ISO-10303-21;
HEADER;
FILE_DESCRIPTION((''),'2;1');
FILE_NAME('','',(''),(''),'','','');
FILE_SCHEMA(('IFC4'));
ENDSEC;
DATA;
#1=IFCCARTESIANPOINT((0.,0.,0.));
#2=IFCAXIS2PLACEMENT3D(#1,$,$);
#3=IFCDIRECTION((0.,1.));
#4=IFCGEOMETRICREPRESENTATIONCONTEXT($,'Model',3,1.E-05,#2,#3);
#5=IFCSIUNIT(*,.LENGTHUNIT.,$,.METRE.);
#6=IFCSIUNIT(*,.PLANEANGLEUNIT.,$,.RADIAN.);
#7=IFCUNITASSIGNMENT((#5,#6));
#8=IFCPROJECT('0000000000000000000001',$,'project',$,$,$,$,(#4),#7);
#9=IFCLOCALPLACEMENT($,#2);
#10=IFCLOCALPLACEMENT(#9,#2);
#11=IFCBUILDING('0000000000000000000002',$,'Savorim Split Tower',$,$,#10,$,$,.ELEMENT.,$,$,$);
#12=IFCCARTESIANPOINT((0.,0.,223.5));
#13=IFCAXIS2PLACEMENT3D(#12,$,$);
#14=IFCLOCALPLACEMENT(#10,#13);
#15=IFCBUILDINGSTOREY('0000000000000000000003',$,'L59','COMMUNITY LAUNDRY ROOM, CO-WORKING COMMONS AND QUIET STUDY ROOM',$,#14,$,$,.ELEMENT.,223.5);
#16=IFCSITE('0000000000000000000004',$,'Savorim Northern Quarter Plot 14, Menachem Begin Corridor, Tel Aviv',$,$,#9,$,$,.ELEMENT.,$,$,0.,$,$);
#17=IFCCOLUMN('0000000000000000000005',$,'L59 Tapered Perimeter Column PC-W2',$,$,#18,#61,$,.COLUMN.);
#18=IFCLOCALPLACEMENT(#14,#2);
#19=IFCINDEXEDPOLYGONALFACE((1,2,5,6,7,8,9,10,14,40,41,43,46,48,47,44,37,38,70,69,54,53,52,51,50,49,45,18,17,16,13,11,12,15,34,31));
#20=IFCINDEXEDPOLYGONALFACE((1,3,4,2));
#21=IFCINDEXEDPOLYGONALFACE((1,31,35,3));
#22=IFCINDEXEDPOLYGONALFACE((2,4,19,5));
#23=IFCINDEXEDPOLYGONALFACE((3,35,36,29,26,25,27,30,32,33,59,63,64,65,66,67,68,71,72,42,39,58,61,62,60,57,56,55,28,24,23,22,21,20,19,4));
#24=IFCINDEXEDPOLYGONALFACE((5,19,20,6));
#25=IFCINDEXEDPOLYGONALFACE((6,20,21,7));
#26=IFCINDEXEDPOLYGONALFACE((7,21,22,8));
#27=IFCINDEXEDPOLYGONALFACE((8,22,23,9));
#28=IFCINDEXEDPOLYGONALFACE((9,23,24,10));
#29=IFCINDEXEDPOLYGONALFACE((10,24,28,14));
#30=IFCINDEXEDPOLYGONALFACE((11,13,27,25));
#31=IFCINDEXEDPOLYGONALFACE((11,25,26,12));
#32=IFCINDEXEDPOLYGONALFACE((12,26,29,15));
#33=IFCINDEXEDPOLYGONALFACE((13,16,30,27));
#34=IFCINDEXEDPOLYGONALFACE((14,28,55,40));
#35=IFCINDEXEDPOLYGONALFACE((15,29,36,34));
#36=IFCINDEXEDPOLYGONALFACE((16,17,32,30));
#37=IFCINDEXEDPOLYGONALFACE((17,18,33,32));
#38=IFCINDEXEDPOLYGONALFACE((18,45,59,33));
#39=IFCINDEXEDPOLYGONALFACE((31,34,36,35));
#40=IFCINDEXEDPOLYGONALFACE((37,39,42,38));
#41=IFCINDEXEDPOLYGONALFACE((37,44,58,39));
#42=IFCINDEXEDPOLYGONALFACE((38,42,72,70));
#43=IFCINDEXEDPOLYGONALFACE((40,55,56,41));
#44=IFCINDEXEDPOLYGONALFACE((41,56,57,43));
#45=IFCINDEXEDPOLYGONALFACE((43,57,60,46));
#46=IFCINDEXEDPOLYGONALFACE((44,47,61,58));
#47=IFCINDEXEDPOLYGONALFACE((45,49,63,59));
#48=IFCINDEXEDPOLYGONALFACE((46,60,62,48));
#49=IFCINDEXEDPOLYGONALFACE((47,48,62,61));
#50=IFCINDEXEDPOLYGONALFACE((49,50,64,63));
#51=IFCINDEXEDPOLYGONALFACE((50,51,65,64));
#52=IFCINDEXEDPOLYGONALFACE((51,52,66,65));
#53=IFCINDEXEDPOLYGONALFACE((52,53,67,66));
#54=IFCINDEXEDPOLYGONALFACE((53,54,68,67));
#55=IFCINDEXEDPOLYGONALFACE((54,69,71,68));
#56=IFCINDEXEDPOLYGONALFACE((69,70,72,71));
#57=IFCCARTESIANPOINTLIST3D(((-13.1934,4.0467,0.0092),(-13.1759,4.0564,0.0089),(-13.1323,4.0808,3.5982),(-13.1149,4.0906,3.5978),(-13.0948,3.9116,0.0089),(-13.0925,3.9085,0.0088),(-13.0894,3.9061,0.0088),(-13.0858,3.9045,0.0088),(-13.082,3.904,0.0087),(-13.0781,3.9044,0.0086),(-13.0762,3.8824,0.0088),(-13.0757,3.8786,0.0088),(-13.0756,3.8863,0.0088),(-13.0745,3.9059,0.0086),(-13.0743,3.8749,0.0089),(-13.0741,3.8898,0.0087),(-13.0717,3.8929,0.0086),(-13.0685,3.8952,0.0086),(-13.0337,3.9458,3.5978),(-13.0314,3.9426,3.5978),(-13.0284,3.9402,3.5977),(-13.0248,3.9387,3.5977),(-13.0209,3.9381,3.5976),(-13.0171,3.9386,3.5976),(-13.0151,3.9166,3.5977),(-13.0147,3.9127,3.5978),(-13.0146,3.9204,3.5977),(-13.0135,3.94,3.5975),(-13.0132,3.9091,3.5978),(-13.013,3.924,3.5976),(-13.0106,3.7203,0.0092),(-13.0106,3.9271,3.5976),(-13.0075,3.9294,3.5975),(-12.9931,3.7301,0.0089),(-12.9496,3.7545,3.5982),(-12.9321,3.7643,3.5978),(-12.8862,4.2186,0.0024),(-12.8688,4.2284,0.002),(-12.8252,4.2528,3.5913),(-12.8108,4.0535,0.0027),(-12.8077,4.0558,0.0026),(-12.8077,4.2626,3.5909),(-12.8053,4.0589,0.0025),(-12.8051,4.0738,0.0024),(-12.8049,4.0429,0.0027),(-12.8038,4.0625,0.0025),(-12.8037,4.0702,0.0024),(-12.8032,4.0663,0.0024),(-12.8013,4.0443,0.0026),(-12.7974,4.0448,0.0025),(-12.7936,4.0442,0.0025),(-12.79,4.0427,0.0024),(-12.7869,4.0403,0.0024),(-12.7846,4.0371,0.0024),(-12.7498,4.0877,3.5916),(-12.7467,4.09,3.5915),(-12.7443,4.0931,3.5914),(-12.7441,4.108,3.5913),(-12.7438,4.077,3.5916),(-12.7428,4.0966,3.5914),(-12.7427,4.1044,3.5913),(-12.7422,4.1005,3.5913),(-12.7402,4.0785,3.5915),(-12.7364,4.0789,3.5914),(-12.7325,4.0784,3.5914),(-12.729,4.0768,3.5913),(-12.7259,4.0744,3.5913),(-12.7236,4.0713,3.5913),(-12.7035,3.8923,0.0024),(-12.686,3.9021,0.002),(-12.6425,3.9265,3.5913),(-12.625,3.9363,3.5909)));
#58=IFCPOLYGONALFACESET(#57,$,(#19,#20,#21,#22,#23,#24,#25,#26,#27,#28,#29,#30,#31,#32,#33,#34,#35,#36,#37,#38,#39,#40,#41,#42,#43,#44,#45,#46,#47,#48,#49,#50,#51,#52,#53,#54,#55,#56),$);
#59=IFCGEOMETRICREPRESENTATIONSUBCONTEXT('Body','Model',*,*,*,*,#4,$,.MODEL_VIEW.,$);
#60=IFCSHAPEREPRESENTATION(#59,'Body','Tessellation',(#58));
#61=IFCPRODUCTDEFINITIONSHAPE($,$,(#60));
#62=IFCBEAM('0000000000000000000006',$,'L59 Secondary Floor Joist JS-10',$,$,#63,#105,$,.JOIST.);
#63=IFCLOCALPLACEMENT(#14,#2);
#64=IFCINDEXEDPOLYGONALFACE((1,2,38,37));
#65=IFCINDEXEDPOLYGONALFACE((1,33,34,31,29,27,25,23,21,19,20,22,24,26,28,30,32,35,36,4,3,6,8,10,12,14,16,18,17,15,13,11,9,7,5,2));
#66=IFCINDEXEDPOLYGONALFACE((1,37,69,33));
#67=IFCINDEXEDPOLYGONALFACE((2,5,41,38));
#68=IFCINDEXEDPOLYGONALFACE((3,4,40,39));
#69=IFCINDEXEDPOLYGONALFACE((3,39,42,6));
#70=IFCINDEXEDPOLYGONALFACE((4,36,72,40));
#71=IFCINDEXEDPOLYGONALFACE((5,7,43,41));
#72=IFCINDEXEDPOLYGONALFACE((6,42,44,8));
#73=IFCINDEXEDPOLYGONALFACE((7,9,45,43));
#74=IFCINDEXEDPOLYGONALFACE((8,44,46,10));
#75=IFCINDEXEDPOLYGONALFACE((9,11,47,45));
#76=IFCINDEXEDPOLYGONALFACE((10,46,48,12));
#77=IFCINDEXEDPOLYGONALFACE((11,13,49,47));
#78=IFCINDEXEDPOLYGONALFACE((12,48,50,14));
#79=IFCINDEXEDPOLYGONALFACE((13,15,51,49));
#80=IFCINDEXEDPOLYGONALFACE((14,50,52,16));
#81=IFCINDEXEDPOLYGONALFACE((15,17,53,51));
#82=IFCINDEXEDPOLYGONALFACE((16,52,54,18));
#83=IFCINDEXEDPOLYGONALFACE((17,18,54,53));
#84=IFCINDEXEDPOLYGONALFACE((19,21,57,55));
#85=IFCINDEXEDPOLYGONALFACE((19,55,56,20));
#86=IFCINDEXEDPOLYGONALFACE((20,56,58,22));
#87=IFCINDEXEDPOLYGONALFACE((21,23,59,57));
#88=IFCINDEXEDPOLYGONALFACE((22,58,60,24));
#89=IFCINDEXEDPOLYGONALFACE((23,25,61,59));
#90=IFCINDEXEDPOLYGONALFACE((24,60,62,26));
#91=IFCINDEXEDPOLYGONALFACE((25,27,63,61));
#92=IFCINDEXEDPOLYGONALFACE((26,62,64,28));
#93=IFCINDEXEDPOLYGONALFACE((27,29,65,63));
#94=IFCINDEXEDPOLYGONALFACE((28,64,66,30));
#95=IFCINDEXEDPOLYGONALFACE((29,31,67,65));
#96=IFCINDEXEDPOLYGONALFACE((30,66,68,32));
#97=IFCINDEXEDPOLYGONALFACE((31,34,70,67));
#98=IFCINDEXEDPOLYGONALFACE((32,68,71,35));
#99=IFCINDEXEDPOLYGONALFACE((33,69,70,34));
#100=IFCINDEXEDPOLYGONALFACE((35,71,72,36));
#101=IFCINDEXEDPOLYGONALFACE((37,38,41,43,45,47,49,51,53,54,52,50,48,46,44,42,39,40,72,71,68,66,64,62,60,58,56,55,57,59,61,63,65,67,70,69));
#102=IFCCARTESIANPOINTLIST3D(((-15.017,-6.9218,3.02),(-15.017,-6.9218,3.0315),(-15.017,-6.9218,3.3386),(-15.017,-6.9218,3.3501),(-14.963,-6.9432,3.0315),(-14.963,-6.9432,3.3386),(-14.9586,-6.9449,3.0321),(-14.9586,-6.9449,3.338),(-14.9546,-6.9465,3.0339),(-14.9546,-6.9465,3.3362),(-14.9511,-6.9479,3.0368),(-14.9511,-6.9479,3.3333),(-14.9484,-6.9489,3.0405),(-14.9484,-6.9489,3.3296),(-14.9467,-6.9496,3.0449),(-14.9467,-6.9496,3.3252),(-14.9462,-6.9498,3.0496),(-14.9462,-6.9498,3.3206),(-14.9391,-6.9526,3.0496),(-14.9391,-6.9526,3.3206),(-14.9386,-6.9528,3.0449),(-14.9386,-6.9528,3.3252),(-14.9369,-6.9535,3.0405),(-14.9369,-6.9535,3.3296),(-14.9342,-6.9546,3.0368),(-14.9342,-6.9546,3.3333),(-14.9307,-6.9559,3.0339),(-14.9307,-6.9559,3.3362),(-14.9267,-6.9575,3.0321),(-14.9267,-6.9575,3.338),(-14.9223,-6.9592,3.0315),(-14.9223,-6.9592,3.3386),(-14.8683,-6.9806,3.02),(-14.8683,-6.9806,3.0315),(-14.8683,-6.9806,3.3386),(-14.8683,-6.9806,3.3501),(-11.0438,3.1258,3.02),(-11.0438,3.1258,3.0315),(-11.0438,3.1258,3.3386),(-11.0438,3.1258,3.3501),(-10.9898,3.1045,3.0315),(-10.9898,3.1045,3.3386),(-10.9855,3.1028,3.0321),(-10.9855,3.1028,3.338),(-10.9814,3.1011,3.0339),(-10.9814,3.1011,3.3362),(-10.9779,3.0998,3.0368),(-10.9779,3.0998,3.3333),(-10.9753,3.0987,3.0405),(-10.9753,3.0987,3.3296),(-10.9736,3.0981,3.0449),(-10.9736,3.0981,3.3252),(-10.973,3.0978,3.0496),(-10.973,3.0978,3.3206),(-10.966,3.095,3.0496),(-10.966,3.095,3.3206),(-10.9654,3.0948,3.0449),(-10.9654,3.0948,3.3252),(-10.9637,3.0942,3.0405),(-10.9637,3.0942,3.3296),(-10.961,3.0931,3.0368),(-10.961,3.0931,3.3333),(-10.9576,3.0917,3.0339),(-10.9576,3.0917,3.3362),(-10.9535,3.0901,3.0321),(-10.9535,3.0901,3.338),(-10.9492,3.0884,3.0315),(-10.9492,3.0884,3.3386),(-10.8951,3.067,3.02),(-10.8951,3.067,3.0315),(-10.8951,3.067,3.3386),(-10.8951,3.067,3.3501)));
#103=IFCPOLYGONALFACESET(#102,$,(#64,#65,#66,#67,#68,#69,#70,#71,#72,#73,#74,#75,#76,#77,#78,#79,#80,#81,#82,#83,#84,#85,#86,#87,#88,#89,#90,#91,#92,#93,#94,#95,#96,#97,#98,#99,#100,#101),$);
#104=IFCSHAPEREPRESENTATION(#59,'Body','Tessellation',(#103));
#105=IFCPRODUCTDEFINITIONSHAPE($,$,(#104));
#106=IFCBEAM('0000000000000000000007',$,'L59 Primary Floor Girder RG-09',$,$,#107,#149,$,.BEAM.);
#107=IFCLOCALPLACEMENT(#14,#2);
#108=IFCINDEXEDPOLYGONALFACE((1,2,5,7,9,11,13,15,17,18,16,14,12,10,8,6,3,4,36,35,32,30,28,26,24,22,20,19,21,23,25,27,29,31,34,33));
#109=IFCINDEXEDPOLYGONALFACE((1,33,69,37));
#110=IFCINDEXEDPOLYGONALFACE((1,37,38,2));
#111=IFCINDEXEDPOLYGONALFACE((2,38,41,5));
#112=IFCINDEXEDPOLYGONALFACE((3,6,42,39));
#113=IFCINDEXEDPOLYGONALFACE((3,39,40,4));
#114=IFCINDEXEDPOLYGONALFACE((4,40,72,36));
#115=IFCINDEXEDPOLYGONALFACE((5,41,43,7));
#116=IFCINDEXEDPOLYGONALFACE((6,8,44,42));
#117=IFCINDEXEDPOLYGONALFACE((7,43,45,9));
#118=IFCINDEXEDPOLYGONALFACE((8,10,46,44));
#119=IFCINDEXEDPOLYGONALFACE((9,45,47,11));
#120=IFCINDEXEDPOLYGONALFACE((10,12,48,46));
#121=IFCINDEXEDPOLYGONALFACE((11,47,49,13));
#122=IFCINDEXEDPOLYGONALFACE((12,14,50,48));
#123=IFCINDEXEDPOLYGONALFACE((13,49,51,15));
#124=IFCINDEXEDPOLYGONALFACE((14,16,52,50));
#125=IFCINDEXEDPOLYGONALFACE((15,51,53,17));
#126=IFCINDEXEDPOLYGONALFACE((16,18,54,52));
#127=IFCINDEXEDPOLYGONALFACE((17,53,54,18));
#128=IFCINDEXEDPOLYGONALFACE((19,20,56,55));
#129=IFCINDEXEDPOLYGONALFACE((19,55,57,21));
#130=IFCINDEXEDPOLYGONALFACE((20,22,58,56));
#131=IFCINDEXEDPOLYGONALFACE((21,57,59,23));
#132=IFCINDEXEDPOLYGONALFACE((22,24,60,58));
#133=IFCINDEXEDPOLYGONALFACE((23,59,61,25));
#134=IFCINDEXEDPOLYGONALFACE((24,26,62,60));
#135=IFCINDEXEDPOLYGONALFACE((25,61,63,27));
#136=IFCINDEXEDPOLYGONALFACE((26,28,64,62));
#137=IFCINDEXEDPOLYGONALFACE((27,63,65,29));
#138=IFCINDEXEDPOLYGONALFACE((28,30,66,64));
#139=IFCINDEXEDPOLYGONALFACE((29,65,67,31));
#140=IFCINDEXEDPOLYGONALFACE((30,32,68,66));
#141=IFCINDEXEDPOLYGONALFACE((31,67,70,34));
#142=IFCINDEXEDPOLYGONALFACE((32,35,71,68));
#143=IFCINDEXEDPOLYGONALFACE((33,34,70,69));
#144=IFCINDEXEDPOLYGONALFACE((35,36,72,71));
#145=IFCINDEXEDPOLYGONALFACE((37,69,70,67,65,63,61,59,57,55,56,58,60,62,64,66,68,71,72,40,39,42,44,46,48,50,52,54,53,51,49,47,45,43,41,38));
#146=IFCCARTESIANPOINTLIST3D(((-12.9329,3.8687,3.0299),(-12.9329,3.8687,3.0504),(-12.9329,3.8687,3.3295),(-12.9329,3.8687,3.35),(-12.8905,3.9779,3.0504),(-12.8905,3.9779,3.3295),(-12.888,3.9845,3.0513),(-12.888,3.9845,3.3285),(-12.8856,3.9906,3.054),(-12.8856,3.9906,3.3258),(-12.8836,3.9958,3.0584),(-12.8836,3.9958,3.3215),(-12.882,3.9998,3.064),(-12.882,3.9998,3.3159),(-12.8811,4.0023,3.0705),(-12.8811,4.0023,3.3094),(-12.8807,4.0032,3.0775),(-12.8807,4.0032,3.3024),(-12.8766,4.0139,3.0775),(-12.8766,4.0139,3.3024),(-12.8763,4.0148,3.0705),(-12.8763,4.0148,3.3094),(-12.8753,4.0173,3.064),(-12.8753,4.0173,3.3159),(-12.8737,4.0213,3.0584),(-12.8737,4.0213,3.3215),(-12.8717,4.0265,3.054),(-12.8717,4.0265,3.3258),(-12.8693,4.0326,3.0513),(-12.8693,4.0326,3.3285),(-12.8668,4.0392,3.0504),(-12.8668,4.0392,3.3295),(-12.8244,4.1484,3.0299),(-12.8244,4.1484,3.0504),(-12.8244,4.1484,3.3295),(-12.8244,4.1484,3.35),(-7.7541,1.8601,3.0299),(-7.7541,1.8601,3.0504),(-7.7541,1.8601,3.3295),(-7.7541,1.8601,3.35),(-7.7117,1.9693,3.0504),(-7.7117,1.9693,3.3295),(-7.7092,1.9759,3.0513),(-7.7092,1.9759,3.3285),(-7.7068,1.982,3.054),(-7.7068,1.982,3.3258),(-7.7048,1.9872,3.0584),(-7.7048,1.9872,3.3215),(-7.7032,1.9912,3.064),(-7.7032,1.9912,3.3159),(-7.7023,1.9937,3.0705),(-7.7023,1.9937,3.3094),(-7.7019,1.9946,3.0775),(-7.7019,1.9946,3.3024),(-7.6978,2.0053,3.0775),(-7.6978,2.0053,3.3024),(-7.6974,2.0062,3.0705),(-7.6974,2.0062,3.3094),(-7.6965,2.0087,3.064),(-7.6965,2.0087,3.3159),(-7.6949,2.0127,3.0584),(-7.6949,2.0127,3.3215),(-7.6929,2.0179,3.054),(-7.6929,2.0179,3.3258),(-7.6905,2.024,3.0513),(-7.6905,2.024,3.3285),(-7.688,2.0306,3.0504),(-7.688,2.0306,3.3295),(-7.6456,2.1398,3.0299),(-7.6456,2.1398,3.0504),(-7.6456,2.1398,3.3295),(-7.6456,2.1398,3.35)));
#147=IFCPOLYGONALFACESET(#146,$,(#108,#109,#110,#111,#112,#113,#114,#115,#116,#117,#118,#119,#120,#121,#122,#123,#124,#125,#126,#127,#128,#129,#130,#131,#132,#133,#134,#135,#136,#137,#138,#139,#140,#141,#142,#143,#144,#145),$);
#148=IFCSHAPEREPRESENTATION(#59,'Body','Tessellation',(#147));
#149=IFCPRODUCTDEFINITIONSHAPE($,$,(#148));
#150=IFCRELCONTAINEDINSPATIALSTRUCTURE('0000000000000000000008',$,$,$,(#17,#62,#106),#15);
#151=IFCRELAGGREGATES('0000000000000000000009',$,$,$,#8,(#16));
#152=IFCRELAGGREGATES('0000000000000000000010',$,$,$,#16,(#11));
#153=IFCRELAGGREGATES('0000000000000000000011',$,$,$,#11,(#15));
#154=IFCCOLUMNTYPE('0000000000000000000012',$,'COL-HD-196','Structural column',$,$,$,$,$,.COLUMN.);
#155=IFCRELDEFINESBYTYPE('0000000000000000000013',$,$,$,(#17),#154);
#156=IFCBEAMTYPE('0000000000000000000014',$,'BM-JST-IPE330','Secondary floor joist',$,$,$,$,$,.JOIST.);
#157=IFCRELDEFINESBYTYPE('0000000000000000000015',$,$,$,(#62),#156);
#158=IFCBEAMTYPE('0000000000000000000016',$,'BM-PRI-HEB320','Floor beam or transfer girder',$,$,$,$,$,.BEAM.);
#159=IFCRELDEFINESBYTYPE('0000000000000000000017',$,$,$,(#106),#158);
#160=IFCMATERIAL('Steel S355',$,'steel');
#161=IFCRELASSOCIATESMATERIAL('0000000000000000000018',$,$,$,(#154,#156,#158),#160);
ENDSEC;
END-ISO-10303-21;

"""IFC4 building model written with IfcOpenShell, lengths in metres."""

from ifc_helpers import new_model, si_unit, direction, frame, origin, origin_2d, place, context, subcontext, project, spatial, i_section, extrude, material, material_profile, profile_set, type_object, element, save


model = new_model("IFC4")

# Units and contexts
model_context = context("Model", 3, precision=1e-05, world=origin(), true_north=direction((0.0, 1.0)))
body_context = subcontext(model_context, "Body", "Model", "MODEL_VIEW")
ifc_project = project(units=[si_unit("LENGTHUNIT", "METRE"), si_unit("PLANEANGLEUNIT", "RADIAN")], contexts=[model_context])

# Site, building, storey
site_placement = place(None, origin())
site = spatial("IfcSite", under=ifc_project, at=site_placement, Name="Savorim Northern Quarter Plot 14, Menachem Begin Corridor, Tel Aviv", CompositionType="ELEMENT", RefElevation=0.0)
building_placement = place(site_placement, origin())
building = spatial("IfcBuilding", under=site, at=building_placement, Name="Savorim Split Tower", CompositionType="ELEMENT")
storey_placement = place(building_placement, frame((0.0, 0.0, 223.5)))
storey = spatial("IfcBuildingStorey", under=building, at=storey_placement, Name="L59", Description="COMMUNITY LAUNDRY ROOM, CO-WORKING COMMONS AND QUIET STUDY ROOM", CompositionType="ELEMENT", Elevation=223.5)

# Column
ifc_material_1 = material(Name="Steel S355", Category="steel")
ifc_material_profile_1 = material_profile(ifc_material_1, i_section(OverallWidth=0.374, OverallDepth=0.3721, WebThickness=0.0122, FlangeThickness=0.02, FilletRadius=0.0149, at=origin_2d()), Name="HD 360x196")
ifc_profile_set_1 = profile_set([ifc_material_profile_1], Name="Steel S355")
column_type = type_object("IfcColumnType", Name="COL-HD-196", Description="Structural column", PredefinedType="COLUMN", material=ifc_profile_set_1)
column_placement = place(storey_placement, frame((-12.9397, 3.9744, 0.0056), z_axis=(0.017004, 0.009522, 0.99981), x_axis=(-0.488603, 0.872506, 0.0)))
element("IfcColumn", 1, at=column_placement, inside=storey, type_object=column_type, Name="L59 Tapered Perimeter Column PC-W2", PredefinedType="COLUMN", context=body_context, shape_type="SweptSolid", body=[
    extrude(i_section(OverallWidth=0.374, OverallDepth=0.3721, WebThickness=0.0122, FlangeThickness=0.02, FilletRadius=0.0149, at=origin_2d()), origin(), (0.0, 0.0, 1.0), 3.5896),
])

# Beams
ifc_material_profile_2 = material_profile(ifc_material_1, i_section(OverallWidth=0.1599, OverallDepth=0.3301, WebThickness=0.0076, FlangeThickness=0.0115, FilletRadius=0.0181, at=origin_2d()), Name="IPE 330")
ifc_profile_set_2 = profile_set([ifc_material_profile_2], Name="Steel S355")
beam_type_1 = type_object("IfcBeamType", Name="BM-JST-IPE330", Description="Secondary floor joist", PredefinedType="JOIST", material=ifc_profile_set_2)
beam_1_placement = place(storey_placement, frame((-10.9695, 3.0964, 3.1851), z_axis=(-0.367726, -0.929934, 0.0), x_axis=(0.929934, -0.367726, 0.0)))
element("IfcBeam", 2, at=beam_1_placement, inside=storey, type_object=beam_type_1, Name="L59 Secondary Floor Joist JS-10", PredefinedType="JOIST", context=body_context, shape_type="SweptSolid", body=[
    extrude(i_section(OverallWidth=0.1599, OverallDepth=0.3301, WebThickness=0.0076, FlangeThickness=0.0115, FilletRadius=0.0181, at=origin_2d()), origin(), (0.0, 0.0, 1.0), 10.8047),
])
ifc_material_profile_3 = material_profile(ifc_material_1, i_section(OverallWidth=0.3, OverallDepth=0.3201, WebThickness=0.0115, FlangeThickness=0.0205, FilletRadius=0.0271, at=origin_2d()), Name="HEB 320")
ifc_profile_set_3 = profile_set([ifc_material_profile_3], Name="Steel S355")
beam_type_2 = type_object("IfcBeamType", Name="BM-PRI-HEB320", Description="Floor beam or transfer girder", PredefinedType="BEAM", material=ifc_profile_set_3)
beam_2_placement = place(storey_placement, frame((-12.8787, 4.0085, 3.1899), z_axis=(0.932333, -0.361602, 0.0), x_axis=(0.361602, 0.932333, 0.0)))
element("IfcBeam", 3, at=beam_2_placement, inside=storey, type_object=beam_type_2, Name="L59 Primary Floor Girder RG-09", PredefinedType="BEAM", context=body_context, shape_type="SweptSolid", body=[
    extrude(i_section(OverallWidth=0.3, OverallDepth=0.3201, WebThickness=0.0115, FlangeThickness=0.0205, FilletRadius=0.0271, at=origin_2d()), origin(), (0.0, 0.0, 1.0), 5.5547),
])

save(model, "model.ifc")
